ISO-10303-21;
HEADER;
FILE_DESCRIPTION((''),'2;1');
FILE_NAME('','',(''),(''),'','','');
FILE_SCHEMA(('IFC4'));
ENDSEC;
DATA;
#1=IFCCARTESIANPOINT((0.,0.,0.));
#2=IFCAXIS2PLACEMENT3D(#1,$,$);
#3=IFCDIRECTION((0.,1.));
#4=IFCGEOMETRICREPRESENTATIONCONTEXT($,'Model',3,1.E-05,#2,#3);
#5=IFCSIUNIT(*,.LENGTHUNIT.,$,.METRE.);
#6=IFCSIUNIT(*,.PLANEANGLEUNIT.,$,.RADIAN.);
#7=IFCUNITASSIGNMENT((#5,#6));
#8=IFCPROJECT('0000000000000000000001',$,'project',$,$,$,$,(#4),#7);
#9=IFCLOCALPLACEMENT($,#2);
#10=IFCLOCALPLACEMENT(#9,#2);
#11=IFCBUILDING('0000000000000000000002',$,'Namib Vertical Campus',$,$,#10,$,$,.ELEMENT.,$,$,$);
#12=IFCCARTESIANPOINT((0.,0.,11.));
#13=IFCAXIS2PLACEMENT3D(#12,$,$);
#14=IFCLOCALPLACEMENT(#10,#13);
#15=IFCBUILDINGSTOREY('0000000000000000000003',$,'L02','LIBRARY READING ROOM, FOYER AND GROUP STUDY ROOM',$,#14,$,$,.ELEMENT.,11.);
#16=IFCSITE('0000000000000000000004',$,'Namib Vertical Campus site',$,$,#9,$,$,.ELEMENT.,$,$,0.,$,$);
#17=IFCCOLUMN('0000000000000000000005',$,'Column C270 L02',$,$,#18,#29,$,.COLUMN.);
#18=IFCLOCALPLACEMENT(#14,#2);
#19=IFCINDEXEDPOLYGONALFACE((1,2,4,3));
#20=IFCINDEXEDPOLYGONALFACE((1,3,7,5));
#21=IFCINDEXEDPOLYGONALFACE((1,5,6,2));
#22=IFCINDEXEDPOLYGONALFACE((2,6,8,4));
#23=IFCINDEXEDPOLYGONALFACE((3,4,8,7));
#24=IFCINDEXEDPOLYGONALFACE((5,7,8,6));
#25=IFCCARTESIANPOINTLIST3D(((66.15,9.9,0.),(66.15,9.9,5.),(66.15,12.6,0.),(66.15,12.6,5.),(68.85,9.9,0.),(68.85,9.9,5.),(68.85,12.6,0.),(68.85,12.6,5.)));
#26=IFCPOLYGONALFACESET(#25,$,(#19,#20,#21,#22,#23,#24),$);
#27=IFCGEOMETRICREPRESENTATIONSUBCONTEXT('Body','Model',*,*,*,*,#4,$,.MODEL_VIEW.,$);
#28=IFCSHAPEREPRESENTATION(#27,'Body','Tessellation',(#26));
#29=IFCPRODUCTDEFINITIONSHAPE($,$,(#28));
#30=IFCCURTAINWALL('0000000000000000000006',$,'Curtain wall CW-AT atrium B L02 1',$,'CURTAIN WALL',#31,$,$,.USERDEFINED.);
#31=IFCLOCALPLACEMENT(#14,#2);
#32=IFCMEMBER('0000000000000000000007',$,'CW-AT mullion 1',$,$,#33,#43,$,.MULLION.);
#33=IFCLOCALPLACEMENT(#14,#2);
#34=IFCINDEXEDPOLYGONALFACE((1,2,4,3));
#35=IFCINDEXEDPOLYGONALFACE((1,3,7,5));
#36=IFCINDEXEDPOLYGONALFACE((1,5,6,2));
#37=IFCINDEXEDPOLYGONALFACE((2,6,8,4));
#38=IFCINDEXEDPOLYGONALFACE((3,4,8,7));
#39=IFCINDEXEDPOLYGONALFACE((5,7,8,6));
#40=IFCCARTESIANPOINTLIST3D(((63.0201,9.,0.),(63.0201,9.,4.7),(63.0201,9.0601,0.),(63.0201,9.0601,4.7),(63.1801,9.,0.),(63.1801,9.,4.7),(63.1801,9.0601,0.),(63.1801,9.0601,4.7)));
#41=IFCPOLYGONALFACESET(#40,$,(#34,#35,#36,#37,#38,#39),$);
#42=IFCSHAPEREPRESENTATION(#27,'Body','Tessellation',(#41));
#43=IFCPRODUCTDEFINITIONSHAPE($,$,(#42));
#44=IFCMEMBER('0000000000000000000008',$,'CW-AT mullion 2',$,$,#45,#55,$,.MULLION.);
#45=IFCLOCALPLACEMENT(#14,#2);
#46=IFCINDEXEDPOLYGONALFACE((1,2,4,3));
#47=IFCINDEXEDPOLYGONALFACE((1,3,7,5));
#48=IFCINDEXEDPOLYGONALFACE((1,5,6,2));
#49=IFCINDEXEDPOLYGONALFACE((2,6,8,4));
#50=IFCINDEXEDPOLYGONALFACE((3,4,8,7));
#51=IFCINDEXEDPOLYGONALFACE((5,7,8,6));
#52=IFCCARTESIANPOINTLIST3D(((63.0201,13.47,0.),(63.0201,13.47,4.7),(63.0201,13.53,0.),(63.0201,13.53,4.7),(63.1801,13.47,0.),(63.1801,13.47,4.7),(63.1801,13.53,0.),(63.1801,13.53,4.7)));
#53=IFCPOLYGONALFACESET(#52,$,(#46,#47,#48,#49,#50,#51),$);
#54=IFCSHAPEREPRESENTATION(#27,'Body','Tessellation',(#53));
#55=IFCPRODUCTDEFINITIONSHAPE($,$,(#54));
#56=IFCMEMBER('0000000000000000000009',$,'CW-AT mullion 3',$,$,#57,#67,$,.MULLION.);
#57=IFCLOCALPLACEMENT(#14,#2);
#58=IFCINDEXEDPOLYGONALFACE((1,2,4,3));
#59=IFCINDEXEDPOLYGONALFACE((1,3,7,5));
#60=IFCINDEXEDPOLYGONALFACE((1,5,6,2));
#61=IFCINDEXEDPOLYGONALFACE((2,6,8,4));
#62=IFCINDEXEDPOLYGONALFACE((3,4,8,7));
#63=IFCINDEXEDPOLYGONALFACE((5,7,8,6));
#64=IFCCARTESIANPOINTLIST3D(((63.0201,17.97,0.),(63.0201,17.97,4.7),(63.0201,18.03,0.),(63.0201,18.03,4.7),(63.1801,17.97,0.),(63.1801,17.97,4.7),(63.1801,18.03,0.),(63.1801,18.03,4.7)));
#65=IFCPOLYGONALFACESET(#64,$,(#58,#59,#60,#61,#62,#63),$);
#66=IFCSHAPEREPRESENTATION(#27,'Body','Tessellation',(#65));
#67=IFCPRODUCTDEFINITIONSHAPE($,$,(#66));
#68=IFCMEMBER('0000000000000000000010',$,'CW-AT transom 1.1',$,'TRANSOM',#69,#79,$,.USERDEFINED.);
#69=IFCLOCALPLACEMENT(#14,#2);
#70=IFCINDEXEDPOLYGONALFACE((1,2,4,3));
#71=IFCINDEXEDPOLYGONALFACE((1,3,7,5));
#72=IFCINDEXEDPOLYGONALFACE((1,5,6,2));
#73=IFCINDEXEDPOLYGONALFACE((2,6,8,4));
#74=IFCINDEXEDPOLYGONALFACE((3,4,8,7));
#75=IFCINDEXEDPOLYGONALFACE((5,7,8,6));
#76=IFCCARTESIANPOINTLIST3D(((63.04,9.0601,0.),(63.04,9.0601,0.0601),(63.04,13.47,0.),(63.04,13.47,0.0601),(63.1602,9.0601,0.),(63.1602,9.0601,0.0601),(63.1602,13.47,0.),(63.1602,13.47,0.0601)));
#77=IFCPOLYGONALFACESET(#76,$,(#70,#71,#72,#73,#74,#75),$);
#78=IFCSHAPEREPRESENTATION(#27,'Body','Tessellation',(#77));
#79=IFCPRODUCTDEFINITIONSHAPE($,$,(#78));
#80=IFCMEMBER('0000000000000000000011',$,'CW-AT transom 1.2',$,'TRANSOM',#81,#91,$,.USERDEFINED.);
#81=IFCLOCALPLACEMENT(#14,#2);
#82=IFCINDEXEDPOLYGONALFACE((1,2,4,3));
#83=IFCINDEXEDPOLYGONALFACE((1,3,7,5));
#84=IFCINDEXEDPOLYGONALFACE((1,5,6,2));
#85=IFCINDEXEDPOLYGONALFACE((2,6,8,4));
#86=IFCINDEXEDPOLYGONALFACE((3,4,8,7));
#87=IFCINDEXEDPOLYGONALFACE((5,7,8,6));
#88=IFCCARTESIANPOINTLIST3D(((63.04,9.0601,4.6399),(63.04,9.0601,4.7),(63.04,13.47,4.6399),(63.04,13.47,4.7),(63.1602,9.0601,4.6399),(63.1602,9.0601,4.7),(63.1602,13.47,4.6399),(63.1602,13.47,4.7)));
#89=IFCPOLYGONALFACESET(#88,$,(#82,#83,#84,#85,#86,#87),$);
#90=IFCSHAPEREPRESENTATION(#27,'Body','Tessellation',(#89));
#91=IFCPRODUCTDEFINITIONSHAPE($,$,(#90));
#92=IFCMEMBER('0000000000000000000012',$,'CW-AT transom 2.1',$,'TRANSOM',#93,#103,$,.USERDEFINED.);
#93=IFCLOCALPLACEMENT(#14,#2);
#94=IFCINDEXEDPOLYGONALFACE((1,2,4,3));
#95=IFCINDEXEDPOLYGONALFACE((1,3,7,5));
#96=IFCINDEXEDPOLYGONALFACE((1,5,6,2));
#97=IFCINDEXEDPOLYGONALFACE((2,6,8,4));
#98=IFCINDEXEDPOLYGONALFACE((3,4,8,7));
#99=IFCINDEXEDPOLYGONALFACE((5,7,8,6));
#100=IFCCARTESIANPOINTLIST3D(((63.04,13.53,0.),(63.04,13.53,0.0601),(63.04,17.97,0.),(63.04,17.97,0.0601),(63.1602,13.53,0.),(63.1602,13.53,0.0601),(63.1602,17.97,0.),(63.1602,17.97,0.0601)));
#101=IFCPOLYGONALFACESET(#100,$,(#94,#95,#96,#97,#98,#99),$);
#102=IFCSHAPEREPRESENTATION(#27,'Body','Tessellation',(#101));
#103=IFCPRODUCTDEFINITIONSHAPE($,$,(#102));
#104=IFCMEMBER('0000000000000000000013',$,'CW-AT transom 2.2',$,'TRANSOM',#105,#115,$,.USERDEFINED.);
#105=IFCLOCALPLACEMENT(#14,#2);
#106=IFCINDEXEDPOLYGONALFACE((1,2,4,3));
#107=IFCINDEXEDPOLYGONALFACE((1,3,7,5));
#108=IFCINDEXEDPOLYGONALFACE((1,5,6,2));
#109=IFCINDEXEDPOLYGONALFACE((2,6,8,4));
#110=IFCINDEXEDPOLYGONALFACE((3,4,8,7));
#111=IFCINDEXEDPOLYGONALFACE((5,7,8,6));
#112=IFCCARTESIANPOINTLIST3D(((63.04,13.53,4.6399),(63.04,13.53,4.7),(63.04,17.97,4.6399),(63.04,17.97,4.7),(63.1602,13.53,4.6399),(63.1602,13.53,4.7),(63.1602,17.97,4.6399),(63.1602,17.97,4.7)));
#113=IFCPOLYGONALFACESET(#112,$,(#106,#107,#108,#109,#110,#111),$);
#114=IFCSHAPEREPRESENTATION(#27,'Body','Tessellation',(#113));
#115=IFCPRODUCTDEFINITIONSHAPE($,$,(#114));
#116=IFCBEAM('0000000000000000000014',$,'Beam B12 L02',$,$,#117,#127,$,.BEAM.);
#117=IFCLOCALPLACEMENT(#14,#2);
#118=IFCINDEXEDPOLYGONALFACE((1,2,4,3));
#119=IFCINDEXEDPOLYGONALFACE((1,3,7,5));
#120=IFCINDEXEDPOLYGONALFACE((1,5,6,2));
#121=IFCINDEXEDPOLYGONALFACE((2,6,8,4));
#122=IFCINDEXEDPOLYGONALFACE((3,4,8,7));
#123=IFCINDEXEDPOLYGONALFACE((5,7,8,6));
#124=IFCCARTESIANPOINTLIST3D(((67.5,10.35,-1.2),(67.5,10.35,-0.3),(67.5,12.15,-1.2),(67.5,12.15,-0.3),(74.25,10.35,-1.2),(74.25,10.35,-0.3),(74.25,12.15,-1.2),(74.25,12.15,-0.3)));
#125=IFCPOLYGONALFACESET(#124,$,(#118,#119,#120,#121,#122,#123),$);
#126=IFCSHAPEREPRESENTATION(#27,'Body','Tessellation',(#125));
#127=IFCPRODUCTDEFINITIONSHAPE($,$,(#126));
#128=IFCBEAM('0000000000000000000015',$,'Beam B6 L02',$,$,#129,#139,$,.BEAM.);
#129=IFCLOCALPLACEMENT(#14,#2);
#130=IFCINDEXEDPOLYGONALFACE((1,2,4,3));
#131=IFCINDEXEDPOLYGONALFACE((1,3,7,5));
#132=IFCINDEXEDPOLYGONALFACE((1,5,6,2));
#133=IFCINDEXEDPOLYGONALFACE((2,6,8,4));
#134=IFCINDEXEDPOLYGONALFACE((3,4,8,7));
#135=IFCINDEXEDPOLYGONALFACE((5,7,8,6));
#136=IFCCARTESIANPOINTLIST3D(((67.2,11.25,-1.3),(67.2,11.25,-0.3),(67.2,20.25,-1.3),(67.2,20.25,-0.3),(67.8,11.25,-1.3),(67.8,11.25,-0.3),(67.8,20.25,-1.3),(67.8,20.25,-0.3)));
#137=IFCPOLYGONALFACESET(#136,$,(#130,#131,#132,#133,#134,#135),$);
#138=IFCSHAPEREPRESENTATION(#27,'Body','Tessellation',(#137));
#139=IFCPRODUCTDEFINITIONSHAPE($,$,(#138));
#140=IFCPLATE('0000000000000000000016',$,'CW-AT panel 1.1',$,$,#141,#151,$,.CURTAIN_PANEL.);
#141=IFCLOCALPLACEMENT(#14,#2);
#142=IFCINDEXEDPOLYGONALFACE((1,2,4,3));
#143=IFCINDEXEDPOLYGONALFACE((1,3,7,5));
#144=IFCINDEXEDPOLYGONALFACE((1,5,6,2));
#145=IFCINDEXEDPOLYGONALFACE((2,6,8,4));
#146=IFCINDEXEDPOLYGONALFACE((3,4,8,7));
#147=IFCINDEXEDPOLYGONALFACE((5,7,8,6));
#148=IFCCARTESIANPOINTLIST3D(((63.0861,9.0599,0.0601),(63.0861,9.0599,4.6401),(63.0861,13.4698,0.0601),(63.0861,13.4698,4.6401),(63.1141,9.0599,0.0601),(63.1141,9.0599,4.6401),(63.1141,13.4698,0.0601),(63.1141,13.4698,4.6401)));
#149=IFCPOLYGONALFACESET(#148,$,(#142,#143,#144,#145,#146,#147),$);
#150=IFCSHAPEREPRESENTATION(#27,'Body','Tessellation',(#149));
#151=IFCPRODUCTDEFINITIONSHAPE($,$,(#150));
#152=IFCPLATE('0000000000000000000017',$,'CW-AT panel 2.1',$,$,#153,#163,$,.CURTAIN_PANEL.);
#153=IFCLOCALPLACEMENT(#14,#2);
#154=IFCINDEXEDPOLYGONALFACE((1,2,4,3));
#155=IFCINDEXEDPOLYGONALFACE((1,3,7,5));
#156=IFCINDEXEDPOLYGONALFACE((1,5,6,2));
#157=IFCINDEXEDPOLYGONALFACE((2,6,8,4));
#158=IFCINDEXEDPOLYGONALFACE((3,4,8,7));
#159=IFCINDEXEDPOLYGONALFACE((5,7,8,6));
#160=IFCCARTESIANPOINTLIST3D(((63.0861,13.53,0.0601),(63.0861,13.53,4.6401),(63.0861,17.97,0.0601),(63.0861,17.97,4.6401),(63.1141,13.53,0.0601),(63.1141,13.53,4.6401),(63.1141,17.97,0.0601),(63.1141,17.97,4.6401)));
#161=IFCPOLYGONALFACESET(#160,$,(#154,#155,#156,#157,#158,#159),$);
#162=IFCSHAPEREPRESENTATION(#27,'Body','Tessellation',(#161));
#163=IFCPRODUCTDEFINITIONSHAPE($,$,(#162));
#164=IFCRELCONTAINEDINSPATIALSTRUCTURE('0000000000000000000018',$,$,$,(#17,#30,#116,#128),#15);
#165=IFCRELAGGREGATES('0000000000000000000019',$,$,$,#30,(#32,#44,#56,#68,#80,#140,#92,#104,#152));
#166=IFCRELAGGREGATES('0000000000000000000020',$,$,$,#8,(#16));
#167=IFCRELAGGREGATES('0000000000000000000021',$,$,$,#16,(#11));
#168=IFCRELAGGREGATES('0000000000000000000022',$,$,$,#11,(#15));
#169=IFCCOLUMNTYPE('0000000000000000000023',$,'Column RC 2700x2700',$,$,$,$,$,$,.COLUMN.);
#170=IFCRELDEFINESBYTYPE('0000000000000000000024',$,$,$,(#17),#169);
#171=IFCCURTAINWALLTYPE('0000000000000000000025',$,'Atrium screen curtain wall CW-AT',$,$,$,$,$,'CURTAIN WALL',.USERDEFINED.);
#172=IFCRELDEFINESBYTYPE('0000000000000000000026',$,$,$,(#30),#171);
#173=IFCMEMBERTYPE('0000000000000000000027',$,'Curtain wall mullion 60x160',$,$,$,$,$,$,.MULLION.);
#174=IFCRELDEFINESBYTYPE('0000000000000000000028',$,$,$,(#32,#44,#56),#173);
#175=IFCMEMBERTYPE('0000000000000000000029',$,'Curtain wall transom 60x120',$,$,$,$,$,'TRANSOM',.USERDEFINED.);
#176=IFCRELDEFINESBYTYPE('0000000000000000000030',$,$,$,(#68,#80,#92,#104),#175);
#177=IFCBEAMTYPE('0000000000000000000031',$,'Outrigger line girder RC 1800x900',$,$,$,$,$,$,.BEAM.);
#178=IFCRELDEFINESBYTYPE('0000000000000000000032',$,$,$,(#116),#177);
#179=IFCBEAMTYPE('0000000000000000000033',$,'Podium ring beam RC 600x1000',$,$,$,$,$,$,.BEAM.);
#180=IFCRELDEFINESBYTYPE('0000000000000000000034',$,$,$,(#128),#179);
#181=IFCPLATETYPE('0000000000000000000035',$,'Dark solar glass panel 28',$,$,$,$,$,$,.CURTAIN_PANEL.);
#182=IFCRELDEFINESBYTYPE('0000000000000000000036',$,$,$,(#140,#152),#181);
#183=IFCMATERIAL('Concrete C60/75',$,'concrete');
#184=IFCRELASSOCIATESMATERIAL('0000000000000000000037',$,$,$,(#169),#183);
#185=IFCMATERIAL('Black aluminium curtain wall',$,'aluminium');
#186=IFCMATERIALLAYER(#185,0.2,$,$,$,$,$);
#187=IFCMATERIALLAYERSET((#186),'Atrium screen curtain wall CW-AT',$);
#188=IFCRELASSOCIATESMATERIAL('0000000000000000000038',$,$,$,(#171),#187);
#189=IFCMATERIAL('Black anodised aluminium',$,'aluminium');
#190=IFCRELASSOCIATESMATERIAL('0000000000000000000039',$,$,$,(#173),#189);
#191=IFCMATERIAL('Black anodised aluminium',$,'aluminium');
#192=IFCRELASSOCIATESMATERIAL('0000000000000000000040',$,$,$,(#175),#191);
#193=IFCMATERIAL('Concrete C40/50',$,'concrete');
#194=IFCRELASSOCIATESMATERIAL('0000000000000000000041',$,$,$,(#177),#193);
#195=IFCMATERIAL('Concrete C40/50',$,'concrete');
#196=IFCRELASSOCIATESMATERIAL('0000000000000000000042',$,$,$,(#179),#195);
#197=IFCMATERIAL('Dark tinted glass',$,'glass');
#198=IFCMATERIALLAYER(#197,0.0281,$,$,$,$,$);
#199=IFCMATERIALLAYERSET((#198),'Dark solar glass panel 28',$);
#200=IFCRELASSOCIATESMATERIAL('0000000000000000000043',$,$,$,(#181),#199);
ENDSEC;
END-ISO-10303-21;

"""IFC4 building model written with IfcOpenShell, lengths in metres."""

from ifc_helpers import new_model, si_unit, direction, frame, origin, origin_2d, place, context, subcontext, project, spatial, rectangle, extrude, material, layer, layer_set, material_profile, profile_set, type_object, element, aggregate, save


model = new_model("IFC4")

# Units and contexts
model_context = context("Model", 3, precision=1e-05, world=origin(), true_north=direction((0.0, 1.0)))
body_context = subcontext(model_context, "Body", "Model", "MODEL_VIEW")
ifc_project = project(units=[si_unit("LENGTHUNIT", "METRE"), si_unit("PLANEANGLEUNIT", "RADIAN")], contexts=[model_context])

# Site, building, storey
site_placement = place(None, origin())
site = spatial("IfcSite", under=ifc_project, at=site_placement, Name="Namib Vertical Campus site", CompositionType="ELEMENT", RefElevation=0.0)
building_placement = place(site_placement, origin())
building = spatial("IfcBuilding", under=site, at=building_placement, Name="Namib Vertical Campus", CompositionType="ELEMENT")
storey_placement = place(building_placement, frame((0.0, 0.0, 11.0)))
storey = spatial("IfcBuildingStorey", under=building, at=storey_placement, Name="L02", Description="LIBRARY READING ROOM, FOYER AND GROUP STUDY ROOM", CompositionType="ELEMENT", Elevation=11.0)

# Column
ifc_material_1 = material(Name="Concrete C60/75", Category="concrete")
ifc_material_profile_1 = material_profile(ifc_material_1, rectangle(XDim=2.7, YDim=2.7, at=origin_2d()))
ifc_profile_set_1 = profile_set([ifc_material_profile_1], Name="Concrete C60/75")
column_type = type_object("IfcColumnType", Name="Column RC 2700x2700", PredefinedType="COLUMN", material=ifc_profile_set_1)
column_placement = place(storey_placement, frame((67.5, 11.25, 0.0), z_axis=(0.0, 0.0, 1.0), x_axis=(1.0, 0.0, 0.0)))
element("IfcColumn", 1, at=column_placement, inside=storey, type_object=column_type, Name="Column C270 L02", PredefinedType="COLUMN", context=body_context, shape_type="SweptSolid", body=[
    extrude(rectangle(XDim=2.7, YDim=2.7, at=origin_2d()), origin(), (0.0, 0.0, 1.0), 5.0),
])

# Curtain wall, members
ifc_material_2 = material(Name="Black aluminium curtain wall", Category="aluminium")
ifc_layer_1 = layer(ifc_material_2, 0.2)
ifc_layer_set_1 = layer_set([ifc_layer_1], Name="Atrium screen curtain wall CW-AT")
curtain_wall_type = type_object("IfcCurtainWallType", Name="Atrium screen curtain wall CW-AT", ElementType="CURTAIN WALL", PredefinedType="USERDEFINED", material=ifc_layer_set_1)
curtain_wall_placement = place(storey_placement, origin())
curtain_wall = element("IfcCurtainWall", 2, at=curtain_wall_placement, inside=storey, type_object=curtain_wall_type, Name="Curtain wall CW-AT atrium B L02 1", ObjectType="CURTAIN WALL", PredefinedType="USERDEFINED")
ifc_material_3 = material(Name="Black anodised aluminium", Category="aluminium")
ifc_material_profile_2 = material_profile(ifc_material_3, rectangle(XDim=0.0601, YDim=0.1599, at=origin_2d()))
ifc_profile_set_2 = profile_set([ifc_material_profile_2], Name="Black anodised aluminium")
member_type_1 = type_object("IfcMemberType", Name="Curtain wall mullion 60x160", PredefinedType="MULLION", material=ifc_profile_set_2)
member_1_placement = place(storey_placement, frame((63.1001, 9.03, 0.0), z_axis=(0.0, 0.0, 1.0), x_axis=(0.0, 1.0, 0.0)))
member_1 = element("IfcMember", 3, at=member_1_placement, type_object=member_type_1, Name="CW-AT mullion 1", PredefinedType="MULLION", context=body_context, shape_type="SweptSolid", body=[
    extrude(rectangle(XDim=0.0601, YDim=0.1599, at=origin_2d()), origin(), (0.0, 0.0, 1.0), 4.7),
])
member_2_placement = place(storey_placement, frame((63.1001, 13.5, 0.0), z_axis=(0.0, 0.0, 1.0), x_axis=(0.0, 1.0, 0.0)))
member_2 = element("IfcMember", 4, at=member_2_placement, type_object=member_type_1, Name="CW-AT mullion 2", PredefinedType="MULLION", context=body_context, shape_type="SweptSolid", body=[
    extrude(rectangle(XDim=0.0601, YDim=0.1599, at=origin_2d()), origin(), (0.0, 0.0, 1.0), 4.7),
])
member_3_placement = place(storey_placement, frame((63.1001, 18.0, 0.0), z_axis=(0.0, 0.0, 1.0), x_axis=(0.0, 1.0, 0.0)))
member_3 = element("IfcMember", 5, at=member_3_placement, type_object=member_type_1, Name="CW-AT mullion 3", PredefinedType="MULLION", context=body_context, shape_type="SweptSolid", body=[
    extrude(rectangle(XDim=0.0601, YDim=0.1599, at=origin_2d()), origin(), (0.0, 0.0, 1.0), 4.7),
])
ifc_material_4 = material(Name="Black anodised aluminium", Category="aluminium")
ifc_material_profile_3 = material_profile(ifc_material_4, rectangle(XDim=0.0601, YDim=0.1201, at=origin_2d()))
ifc_profile_set_3 = profile_set([ifc_material_profile_3], Name="Black anodised aluminium")
member_type_2 = type_object("IfcMemberType", Name="Curtain wall transom 60x120", ElementType="TRANSOM", PredefinedType="USERDEFINED", material=ifc_profile_set_3)
member_4_placement = place(storey_placement, frame((63.1001, 9.0601, 0.03), z_axis=(0.0, 1.0, 0.0), x_axis=(0.0, 0.0, 1.0)))
member_4 = element("IfcMember", 6, at=member_4_placement, type_object=member_type_2, Name="CW-AT transom 1.1", ObjectType="TRANSOM", PredefinedType="USERDEFINED", context=body_context, shape_type="SweptSolid", body=[
    extrude(rectangle(XDim=0.0601, YDim=0.1201, at=origin_2d()), origin(), (0.0, 0.0, 1.0), 4.4099),
])
member_5_placement = place(storey_placement, frame((63.1001, 9.0601, 4.6699), z_axis=(0.0, 1.0, 0.0), x_axis=(0.0, 0.0, 1.0)))
member_5 = element("IfcMember", 7, at=member_5_placement, type_object=member_type_2, Name="CW-AT transom 1.2", ObjectType="TRANSOM", PredefinedType="USERDEFINED", context=body_context, shape_type="SweptSolid", body=[
    extrude(rectangle(XDim=0.0601, YDim=0.1201, at=origin_2d()), origin(), (0.0, 0.0, 1.0), 4.4099),
])
member_6_placement = place(storey_placement, frame((63.1001, 13.53, 0.03), z_axis=(0.0, 1.0, 0.0), x_axis=(0.0, 0.0, 1.0)))
member_6 = element("IfcMember", 8, at=member_6_placement, type_object=member_type_2, Name="CW-AT transom 2.1", ObjectType="TRANSOM", PredefinedType="USERDEFINED", context=body_context, shape_type="SweptSolid", body=[
    extrude(rectangle(XDim=0.0601, YDim=0.1201, at=origin_2d()), origin(), (0.0, 0.0, 1.0), 4.4399),
])
member_7_placement = place(storey_placement, frame((63.1001, 13.53, 4.6699), z_axis=(0.0, 1.0, 0.0), x_axis=(0.0, 0.0, 1.0)))
member_7 = element("IfcMember", 9, at=member_7_placement, type_object=member_type_2, Name="CW-AT transom 2.2", ObjectType="TRANSOM", PredefinedType="USERDEFINED", context=body_context, shape_type="SweptSolid", body=[
    extrude(rectangle(XDim=0.0601, YDim=0.1201, at=origin_2d()), origin(), (0.0, 0.0, 1.0), 4.4399),
])

# Beams
ifc_material_5 = material(Name="Concrete C40/50", Category="concrete")
ifc_material_profile_4 = material_profile(ifc_material_5, rectangle(XDim=1.8, YDim=0.8999, at=origin_2d()))
ifc_profile_set_4 = profile_set([ifc_material_profile_4], Name="Concrete C40/50")
beam_type_1 = type_object("IfcBeamType", Name="Outrigger line girder RC 1800x900", PredefinedType="BEAM", material=ifc_profile_set_4)
beam_1_placement = place(storey_placement, frame((67.5, 11.25, -0.75), z_axis=(1.0, 0.0, 0.0), x_axis=(0.0, 1.0, 0.0)))
element("IfcBeam", 10, at=beam_1_placement, inside=storey, type_object=beam_type_1, Name="Beam B12 L02", PredefinedType="BEAM", context=body_context, shape_type="SweptSolid", body=[
    extrude(rectangle(XDim=1.8, YDim=0.8999, at=origin_2d()), origin(), (0.0, 0.0, 1.0), 6.75),
])
ifc_material_6 = material(Name="Concrete C40/50", Category="concrete")
ifc_material_profile_5 = material_profile(ifc_material_6, rectangle(XDim=0.6001, YDim=1.0, at=origin_2d()))
ifc_profile_set_5 = profile_set([ifc_material_profile_5], Name="Concrete C40/50")
beam_type_2 = type_object("IfcBeamType", Name="Podium ring beam RC 600x1000", PredefinedType="BEAM", material=ifc_profile_set_5)
beam_2_placement = place(storey_placement, frame((67.5, 11.25, -0.8), z_axis=(0.0, 1.0, 0.0), x_axis=(-1.0, 0.0, 0.0)))
element("IfcBeam", 11, at=beam_2_placement, inside=storey, type_object=beam_type_2, Name="Beam B6 L02", PredefinedType="BEAM", context=body_context, shape_type="SweptSolid", body=[
    extrude(rectangle(XDim=0.6001, YDim=1.0, at=origin_2d()), origin(), (0.0, 0.0, 1.0), 9.0),
])

# Plates
ifc_material_7 = material(Name="Dark tinted glass", Category="glass")
ifc_layer_2 = layer(ifc_material_7, 0.0281)
ifc_layer_set_2 = layer_set([ifc_layer_2], Name="Dark solar glass panel 28")
plate_type = type_object("IfcPlateType", Name="Dark solar glass panel 28", PredefinedType="CURTAIN_PANEL", material=ifc_layer_set_2)
plate_1_placement = place(storey_placement, frame((63.1001, 11.2649, 0.0601), z_axis=(0.0, 0.0, 1.0), x_axis=(0.0, 1.0, 0.0)))
plate_1 = element("IfcPlate", 12, at=plate_1_placement, type_object=plate_type, Name="CW-AT panel 1.1", PredefinedType="CURTAIN_PANEL", context=body_context, shape_type="SweptSolid", body=[
    extrude(rectangle(XDim=4.4099, YDim=0.0281, at=origin_2d()), origin(), (0.0, 0.0, 1.0), 4.5801),
])
plate_2_placement = place(storey_placement, frame((63.1001, 15.75, 0.0601), z_axis=(0.0, 0.0, 1.0), x_axis=(0.0, 1.0, 0.0)))
plate_2 = element("IfcPlate", 13, at=plate_2_placement, type_object=plate_type, Name="CW-AT panel 2.1", PredefinedType="CURTAIN_PANEL", context=body_context, shape_type="SweptSolid", body=[
    extrude(rectangle(XDim=4.4399, YDim=0.0281, at=origin_2d()), origin(), (0.0, 0.0, 1.0), 4.5801),
])
aggregate(curtain_wall, [member_1, member_2, member_3, member_4, member_5, plate_1, member_6, member_7, plate_2])

save(model, "model.ifc")
